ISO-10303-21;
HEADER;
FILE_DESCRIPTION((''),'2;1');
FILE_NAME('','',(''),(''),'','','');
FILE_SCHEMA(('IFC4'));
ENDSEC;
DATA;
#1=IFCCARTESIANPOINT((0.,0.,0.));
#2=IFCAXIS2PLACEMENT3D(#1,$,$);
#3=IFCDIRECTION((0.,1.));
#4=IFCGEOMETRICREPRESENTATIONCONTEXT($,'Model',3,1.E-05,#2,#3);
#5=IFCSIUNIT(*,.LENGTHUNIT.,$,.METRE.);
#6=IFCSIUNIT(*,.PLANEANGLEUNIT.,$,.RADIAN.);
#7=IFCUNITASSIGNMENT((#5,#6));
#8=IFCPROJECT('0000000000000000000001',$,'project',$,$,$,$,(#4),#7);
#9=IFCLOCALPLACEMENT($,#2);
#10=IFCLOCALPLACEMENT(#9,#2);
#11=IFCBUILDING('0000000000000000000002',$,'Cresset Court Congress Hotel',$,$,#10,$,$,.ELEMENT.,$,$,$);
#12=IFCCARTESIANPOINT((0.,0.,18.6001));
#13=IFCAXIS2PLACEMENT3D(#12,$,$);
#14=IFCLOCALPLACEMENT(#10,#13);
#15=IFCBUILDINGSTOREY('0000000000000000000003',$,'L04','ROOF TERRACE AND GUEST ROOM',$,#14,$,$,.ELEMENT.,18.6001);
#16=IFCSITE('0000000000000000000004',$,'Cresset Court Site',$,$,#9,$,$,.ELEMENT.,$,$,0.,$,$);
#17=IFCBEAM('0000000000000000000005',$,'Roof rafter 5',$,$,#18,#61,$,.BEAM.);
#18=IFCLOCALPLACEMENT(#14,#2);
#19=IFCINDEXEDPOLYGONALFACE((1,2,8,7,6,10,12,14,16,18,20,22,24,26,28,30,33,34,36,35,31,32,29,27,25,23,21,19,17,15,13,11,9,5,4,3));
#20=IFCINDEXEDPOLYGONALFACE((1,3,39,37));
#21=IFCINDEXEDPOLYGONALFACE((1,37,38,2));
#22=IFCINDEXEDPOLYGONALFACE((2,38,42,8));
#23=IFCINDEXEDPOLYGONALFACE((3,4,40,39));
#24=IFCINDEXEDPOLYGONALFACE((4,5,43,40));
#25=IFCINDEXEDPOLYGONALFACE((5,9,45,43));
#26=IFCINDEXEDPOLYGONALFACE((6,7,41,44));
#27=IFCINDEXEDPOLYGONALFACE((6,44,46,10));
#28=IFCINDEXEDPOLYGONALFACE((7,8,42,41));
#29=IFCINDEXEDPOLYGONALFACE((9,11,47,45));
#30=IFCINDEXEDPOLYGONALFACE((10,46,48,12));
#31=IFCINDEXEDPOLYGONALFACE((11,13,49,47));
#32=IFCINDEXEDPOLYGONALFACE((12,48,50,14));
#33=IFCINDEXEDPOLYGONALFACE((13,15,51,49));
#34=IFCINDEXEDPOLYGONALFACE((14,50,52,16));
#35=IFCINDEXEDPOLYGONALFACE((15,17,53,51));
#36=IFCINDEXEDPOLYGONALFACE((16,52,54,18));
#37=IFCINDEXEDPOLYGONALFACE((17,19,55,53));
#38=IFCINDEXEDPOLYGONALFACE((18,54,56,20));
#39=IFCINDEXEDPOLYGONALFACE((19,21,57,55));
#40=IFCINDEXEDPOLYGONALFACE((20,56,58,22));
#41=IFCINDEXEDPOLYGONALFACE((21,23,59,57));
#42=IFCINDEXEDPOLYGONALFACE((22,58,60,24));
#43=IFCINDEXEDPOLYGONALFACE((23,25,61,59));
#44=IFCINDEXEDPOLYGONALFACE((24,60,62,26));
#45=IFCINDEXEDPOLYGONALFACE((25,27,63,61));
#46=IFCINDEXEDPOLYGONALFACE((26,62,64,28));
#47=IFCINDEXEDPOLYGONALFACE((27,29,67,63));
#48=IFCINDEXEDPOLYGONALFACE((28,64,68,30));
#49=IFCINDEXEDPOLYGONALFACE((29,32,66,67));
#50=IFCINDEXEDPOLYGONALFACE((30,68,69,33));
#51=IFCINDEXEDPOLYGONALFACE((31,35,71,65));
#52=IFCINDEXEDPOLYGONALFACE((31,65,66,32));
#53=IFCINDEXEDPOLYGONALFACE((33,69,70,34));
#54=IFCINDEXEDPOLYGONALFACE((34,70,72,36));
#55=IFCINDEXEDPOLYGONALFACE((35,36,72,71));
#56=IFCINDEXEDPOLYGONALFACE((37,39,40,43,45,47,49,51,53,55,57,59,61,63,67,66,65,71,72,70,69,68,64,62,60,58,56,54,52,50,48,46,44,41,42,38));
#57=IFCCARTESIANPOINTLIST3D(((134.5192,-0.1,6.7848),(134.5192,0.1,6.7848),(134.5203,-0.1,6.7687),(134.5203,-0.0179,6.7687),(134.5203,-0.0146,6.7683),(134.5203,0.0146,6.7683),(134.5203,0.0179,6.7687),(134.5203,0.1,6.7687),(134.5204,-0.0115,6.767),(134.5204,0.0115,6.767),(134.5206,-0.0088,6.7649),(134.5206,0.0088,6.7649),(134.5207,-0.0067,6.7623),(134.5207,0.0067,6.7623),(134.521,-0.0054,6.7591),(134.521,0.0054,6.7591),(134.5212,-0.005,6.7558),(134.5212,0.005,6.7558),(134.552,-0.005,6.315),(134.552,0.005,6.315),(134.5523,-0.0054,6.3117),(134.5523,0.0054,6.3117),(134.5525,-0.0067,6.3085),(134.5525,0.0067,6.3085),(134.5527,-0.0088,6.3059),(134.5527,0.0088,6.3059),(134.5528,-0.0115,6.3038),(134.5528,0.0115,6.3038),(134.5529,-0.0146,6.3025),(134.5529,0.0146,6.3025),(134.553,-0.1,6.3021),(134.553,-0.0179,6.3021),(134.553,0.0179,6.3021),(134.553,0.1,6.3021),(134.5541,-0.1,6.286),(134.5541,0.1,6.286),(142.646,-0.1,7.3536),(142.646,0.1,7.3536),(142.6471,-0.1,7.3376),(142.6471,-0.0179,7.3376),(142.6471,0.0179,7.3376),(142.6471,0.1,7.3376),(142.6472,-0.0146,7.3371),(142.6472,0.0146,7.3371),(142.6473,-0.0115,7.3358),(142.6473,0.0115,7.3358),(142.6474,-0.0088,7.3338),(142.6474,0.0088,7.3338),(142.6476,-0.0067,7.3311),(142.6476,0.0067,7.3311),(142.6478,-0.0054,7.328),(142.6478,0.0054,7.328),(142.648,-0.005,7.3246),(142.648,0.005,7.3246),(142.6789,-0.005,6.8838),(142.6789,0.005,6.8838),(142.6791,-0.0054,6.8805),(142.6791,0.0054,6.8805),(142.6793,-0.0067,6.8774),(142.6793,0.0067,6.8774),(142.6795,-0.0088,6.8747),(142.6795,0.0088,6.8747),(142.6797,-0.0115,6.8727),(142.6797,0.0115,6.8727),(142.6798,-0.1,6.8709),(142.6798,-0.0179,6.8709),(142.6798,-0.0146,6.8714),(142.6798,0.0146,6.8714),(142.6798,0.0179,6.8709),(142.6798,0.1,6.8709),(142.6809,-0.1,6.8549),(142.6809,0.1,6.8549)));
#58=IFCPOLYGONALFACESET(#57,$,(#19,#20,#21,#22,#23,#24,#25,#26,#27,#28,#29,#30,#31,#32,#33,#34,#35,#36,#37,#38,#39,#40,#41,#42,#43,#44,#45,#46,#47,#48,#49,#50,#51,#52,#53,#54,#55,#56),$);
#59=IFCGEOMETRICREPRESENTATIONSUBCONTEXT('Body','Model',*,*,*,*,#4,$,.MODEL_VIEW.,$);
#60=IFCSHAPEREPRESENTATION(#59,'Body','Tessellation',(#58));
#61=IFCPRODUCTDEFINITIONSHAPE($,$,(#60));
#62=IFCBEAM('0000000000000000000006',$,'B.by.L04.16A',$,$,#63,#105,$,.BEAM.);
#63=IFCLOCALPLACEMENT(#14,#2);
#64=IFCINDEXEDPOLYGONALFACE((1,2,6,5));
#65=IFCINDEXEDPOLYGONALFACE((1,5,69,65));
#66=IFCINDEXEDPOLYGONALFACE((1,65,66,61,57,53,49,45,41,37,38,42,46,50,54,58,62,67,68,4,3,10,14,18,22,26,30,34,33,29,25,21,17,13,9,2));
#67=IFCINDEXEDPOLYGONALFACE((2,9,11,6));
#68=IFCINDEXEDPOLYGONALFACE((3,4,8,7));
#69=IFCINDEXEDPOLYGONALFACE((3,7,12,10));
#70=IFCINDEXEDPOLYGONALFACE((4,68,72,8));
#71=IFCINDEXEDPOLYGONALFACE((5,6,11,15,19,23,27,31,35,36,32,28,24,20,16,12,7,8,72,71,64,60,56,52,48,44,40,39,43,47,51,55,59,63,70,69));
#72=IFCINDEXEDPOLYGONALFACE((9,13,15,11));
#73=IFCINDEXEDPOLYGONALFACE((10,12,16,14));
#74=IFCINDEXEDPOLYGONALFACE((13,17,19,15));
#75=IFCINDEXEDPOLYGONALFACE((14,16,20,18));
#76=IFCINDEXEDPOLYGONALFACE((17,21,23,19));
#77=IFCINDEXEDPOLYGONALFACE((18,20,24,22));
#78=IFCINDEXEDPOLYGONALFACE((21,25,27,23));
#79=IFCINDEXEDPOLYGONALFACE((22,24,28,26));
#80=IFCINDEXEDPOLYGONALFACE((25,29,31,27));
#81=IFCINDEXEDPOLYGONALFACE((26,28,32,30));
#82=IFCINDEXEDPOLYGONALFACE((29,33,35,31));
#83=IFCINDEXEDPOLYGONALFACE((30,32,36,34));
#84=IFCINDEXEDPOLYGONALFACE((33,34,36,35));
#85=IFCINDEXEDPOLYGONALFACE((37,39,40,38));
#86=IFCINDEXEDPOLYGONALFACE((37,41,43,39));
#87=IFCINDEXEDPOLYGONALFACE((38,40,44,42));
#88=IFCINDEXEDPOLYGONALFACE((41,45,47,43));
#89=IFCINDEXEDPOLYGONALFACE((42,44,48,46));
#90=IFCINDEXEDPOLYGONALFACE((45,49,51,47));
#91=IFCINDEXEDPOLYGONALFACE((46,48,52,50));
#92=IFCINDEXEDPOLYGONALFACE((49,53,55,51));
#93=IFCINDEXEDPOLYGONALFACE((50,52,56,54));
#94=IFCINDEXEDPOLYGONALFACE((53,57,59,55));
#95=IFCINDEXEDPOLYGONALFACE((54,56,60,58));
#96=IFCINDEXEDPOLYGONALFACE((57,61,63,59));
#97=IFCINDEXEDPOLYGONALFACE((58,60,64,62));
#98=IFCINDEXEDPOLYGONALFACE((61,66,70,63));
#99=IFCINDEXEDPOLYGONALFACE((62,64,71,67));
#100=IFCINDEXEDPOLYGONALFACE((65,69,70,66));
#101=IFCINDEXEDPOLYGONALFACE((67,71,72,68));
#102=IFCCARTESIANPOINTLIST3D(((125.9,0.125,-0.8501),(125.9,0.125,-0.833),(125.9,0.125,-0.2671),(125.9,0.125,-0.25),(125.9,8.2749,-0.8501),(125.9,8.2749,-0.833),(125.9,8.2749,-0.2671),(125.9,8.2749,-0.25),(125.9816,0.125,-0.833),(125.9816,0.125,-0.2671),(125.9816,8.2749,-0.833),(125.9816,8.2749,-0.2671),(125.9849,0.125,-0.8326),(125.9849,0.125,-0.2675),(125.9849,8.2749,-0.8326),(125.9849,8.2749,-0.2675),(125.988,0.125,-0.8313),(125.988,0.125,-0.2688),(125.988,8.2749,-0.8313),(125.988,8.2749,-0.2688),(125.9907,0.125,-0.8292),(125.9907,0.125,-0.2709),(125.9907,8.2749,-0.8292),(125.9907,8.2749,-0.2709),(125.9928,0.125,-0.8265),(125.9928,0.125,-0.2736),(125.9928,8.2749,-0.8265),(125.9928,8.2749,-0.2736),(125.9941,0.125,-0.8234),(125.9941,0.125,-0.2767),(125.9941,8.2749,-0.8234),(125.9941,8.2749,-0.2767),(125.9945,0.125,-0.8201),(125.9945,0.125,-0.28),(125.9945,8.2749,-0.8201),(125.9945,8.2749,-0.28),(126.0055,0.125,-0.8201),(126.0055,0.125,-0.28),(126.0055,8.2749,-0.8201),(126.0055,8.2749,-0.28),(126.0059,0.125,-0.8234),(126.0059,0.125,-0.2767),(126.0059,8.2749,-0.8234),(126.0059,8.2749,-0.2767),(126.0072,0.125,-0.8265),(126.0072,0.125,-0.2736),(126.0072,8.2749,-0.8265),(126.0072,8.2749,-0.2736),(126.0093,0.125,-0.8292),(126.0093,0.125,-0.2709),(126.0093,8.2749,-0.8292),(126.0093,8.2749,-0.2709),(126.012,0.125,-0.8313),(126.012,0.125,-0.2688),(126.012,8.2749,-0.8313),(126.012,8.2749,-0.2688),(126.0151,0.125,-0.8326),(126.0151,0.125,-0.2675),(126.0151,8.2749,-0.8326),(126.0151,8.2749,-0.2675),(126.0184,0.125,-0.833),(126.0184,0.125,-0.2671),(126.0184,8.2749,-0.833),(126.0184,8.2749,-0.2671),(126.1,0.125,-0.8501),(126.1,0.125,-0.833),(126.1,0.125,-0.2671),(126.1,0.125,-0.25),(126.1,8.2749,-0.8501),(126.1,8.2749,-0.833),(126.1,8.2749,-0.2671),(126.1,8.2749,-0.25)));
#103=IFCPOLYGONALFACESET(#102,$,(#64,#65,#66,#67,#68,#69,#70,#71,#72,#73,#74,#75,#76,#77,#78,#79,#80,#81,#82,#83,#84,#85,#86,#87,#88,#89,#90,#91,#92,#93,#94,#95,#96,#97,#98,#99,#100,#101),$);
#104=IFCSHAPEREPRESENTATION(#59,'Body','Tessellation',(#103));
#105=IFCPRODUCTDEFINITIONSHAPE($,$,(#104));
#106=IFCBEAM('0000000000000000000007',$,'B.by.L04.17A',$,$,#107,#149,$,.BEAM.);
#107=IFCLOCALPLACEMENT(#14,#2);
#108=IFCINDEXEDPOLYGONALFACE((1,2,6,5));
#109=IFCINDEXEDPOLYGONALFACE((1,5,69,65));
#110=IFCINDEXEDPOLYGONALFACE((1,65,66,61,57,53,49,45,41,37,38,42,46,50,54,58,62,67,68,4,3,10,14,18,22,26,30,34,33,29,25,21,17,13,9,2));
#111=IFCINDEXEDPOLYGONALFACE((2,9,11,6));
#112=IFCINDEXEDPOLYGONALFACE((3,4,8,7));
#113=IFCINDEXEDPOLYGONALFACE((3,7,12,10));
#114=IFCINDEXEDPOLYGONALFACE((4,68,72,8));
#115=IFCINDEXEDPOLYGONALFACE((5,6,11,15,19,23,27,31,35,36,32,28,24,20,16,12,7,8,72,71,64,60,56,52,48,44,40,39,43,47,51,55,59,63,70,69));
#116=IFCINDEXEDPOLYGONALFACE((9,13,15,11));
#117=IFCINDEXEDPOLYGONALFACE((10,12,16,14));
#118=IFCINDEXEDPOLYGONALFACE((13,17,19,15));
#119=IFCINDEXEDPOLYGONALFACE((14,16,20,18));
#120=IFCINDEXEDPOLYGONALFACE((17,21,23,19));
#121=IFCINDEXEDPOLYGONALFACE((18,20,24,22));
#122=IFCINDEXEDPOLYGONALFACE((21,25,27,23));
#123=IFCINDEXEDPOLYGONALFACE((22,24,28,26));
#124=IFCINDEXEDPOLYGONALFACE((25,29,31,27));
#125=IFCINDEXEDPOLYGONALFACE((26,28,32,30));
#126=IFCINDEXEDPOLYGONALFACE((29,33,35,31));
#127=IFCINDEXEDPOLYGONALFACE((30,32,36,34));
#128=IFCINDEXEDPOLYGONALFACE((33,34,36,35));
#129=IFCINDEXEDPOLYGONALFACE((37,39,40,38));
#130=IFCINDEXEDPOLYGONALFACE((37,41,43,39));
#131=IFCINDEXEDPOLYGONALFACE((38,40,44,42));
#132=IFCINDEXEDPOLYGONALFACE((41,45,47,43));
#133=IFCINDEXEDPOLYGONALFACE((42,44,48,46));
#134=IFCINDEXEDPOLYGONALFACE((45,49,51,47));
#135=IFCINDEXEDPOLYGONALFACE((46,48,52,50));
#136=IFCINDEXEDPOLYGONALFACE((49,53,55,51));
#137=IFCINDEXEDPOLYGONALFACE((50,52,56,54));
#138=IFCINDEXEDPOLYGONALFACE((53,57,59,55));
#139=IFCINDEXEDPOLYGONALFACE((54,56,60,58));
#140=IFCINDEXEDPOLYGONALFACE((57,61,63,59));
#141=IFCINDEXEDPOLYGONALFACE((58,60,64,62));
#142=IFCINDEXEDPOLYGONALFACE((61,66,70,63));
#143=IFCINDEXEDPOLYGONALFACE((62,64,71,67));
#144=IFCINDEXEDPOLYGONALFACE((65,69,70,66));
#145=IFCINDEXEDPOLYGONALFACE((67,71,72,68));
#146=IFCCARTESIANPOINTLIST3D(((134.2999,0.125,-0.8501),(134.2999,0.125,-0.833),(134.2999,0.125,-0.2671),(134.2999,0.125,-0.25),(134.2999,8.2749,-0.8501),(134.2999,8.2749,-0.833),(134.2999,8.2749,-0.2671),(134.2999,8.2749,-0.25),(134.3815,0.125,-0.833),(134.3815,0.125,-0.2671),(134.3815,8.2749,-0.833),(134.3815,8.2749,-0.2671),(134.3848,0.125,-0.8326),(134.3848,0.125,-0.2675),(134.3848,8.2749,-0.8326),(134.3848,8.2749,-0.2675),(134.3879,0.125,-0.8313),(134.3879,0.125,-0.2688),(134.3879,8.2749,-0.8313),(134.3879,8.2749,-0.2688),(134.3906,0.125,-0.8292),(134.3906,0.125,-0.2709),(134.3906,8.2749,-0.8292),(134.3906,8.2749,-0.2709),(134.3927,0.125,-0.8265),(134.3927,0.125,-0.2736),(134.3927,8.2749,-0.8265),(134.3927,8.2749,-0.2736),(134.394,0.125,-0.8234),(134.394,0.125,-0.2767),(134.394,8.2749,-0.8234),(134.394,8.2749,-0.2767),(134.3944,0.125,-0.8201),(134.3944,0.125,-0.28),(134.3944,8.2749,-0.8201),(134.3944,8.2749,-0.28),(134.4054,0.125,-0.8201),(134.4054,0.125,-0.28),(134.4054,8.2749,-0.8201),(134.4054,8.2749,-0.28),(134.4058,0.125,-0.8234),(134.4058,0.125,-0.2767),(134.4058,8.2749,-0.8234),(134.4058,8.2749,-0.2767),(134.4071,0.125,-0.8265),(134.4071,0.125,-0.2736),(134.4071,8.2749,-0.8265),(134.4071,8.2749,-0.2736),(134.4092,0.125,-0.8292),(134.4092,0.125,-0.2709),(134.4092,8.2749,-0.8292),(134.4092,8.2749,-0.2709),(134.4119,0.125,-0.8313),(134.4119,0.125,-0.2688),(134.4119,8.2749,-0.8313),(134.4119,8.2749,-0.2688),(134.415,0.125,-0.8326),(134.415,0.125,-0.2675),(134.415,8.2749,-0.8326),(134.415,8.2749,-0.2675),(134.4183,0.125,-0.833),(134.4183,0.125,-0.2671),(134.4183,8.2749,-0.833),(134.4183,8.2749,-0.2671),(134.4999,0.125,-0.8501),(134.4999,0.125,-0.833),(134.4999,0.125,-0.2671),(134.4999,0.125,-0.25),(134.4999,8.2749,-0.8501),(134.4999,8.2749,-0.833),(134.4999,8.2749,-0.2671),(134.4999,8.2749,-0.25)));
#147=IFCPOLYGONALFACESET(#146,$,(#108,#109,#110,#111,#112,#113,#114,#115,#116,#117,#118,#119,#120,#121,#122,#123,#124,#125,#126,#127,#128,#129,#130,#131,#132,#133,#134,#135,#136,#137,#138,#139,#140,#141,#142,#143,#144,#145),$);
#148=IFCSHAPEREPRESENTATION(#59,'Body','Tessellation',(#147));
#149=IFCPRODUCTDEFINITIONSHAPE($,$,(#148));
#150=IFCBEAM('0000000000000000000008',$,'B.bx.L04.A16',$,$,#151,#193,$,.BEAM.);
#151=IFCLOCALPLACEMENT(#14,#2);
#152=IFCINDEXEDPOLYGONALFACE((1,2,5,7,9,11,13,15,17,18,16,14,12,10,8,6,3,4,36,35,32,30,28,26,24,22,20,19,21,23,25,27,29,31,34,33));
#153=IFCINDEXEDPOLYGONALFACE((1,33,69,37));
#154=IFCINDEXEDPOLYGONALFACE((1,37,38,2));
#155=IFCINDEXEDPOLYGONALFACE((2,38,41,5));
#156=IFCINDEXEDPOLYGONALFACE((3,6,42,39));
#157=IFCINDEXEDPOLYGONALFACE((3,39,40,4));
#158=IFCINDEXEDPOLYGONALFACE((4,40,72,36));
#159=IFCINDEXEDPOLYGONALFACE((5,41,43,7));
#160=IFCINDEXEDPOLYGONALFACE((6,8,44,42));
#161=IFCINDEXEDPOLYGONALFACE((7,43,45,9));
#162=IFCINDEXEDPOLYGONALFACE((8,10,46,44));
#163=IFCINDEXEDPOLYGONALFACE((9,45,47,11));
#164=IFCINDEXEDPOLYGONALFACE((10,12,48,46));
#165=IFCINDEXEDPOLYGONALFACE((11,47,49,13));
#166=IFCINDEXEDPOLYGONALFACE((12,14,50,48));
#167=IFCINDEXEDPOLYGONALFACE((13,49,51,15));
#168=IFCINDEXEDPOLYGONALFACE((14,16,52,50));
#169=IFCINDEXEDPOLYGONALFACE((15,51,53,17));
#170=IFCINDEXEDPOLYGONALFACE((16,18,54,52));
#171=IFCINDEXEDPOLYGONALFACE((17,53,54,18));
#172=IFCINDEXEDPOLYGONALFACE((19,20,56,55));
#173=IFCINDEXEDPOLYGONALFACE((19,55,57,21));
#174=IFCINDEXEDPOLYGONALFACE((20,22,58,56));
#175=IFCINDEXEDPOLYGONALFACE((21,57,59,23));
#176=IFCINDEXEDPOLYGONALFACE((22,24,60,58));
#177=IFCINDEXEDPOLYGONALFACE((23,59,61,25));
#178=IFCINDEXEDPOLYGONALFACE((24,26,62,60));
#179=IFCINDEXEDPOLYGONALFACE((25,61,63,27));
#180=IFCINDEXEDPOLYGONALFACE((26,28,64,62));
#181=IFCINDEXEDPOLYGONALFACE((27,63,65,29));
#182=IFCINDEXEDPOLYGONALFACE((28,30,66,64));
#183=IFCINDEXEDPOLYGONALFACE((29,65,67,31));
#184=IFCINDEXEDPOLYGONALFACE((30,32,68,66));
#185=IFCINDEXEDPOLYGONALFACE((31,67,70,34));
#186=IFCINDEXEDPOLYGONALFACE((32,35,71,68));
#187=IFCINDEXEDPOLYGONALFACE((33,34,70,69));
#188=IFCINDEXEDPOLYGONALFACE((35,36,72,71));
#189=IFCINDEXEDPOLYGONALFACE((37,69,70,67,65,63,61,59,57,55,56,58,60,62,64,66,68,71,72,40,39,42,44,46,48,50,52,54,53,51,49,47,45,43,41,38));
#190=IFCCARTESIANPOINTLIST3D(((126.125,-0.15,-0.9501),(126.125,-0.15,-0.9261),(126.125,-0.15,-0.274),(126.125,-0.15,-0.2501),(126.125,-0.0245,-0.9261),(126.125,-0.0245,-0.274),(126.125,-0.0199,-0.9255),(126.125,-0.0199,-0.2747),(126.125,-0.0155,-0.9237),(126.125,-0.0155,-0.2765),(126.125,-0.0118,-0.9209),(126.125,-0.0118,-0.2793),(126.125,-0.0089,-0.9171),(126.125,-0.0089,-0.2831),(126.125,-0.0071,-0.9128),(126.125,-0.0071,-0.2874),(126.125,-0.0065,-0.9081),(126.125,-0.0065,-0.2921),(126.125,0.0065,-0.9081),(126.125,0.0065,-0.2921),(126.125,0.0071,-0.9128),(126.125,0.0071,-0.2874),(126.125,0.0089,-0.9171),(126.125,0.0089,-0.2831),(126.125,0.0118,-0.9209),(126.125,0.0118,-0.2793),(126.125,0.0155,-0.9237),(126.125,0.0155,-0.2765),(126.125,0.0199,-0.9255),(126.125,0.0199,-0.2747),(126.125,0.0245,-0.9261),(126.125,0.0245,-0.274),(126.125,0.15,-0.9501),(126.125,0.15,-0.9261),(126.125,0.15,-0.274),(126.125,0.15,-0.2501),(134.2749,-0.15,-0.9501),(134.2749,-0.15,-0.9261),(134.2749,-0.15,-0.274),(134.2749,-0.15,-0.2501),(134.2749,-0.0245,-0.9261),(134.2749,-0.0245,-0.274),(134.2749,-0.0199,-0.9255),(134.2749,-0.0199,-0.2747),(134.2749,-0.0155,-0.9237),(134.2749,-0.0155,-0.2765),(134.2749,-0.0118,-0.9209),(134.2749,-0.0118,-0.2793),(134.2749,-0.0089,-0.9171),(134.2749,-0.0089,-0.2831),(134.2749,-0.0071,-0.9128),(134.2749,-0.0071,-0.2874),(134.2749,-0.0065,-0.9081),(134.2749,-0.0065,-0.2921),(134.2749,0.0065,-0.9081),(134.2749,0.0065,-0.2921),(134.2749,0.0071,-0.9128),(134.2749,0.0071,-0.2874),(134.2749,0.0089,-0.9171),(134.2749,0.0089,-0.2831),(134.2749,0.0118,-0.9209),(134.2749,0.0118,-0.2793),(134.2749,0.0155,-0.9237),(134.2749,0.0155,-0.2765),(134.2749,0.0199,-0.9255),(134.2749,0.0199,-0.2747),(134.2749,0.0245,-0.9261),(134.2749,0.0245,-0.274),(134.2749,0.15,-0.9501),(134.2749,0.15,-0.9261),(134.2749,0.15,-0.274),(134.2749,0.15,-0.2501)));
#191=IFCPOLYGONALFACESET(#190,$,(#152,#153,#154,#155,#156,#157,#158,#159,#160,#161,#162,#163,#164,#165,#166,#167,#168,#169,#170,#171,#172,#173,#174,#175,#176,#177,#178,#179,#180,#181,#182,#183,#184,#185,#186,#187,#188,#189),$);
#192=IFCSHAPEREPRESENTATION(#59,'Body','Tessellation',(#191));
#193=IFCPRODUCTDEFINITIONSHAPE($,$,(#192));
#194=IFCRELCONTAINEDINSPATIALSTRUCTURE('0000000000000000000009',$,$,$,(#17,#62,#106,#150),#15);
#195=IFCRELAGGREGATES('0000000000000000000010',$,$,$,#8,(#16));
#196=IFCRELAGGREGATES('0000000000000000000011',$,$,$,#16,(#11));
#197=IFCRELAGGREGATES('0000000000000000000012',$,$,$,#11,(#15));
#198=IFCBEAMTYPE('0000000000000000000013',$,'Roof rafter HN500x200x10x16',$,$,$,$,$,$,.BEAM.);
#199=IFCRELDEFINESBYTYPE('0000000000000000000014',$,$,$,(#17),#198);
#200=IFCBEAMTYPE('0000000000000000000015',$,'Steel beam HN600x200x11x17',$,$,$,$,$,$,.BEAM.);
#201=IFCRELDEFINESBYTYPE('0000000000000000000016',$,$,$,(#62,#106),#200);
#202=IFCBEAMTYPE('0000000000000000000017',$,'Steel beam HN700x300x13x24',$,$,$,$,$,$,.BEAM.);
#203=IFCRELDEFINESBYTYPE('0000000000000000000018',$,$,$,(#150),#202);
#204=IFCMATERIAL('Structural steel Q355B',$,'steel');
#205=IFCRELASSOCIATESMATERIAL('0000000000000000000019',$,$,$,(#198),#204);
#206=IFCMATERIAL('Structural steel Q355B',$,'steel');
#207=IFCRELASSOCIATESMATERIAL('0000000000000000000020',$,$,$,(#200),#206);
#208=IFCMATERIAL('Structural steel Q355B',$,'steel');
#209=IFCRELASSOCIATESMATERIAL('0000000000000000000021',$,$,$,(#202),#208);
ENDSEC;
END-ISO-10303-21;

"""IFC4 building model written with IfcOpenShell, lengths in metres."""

from ifc_helpers import new_model, si_unit, direction, frame, origin, origin_2d, place, context, subcontext, project, spatial, i_section, extrude, material, material_profile, profile_set, type_object, element, save


model = new_model("IFC4")

# Units and contexts
model_context = context("Model", 3, precision=1e-05, world=origin(), true_north=direction((0.0, 1.0)))
body_context = subcontext(model_context, "Body", "Model", "MODEL_VIEW")
ifc_project = project(units=[si_unit("LENGTHUNIT", "METRE"), si_unit("PLANEANGLEUNIT", "RADIAN")], contexts=[model_context])

# Site, building, storey
site_placement = place(None, origin())
site = spatial("IfcSite", under=ifc_project, at=site_placement, Name="Cresset Court Site", CompositionType="ELEMENT", RefElevation=0.0)
building_placement = place(site_placement, origin())
building = spatial("IfcBuilding", under=site, at=building_placement, Name="Cresset Court Congress Hotel", CompositionType="ELEMENT")
storey_placement = place(building_placement, frame((0.0, 0.0, 18.6001)))
storey = spatial("IfcBuildingStorey", under=building, at=storey_placement, Name="L04", Description="ROOF TERRACE AND GUEST ROOM", CompositionType="ELEMENT", Elevation=18.6001)

# Beams
ifc_material_1 = material(Name="Structural steel Q355B", Category="steel")
ifc_material_profile_1 = material_profile(ifc_material_1, i_section(OverallWidth=0.2, OverallDepth=0.5, WebThickness=0.01, FlangeThickness=0.0161, FilletRadius=0.0129, at=origin_2d()), Name="HN500x200x10x16")
ifc_profile_set_1 = profile_set([ifc_material_profile_1], Name="Structural steel Q355B")
beam_type_1 = type_object("IfcBeamType", Name="Roof rafter HN500x200x10x16", PredefinedType="BEAM", material=ifc_profile_set_1)
for number, where, z_axis, x_axis, name in (
    (1, (134.5366, 0.0, 6.5354), (0.997559, 0.0, 0.069824), (0.0, 1.0, 0.0), "Roof rafter 5"),
):
    element("IfcBeam", number, at=place(storey_placement, frame(where, z_axis=z_axis, x_axis=x_axis)), inside=storey, type_object=beam_type_1, Name=name, PredefinedType="BEAM", context=body_context, shape_type="SweptSolid", body=[
        extrude(i_section(OverallWidth=0.2, OverallDepth=0.5, WebThickness=0.01, FlangeThickness=0.0161, FilletRadius=0.0129, at=origin_2d()), origin(), (0.0, 0.0, 1.0), 8.1467),
    ])
ifc_material_2 = material(Name="Structural steel Q355B", Category="steel")
ifc_material_profile_2 = material_profile(ifc_material_2, i_section(OverallWidth=0.2, OverallDepth=0.6001, WebThickness=0.011, FlangeThickness=0.0171, FilletRadius=0.0129, at=origin_2d()), Name="HN600x200x11x17")
ifc_profile_set_2 = profile_set([ifc_material_profile_2], Name="Structural steel Q355B")
beam_type_2 = type_object("IfcBeamType", Name="Steel beam HN600x200x11x17", PredefinedType="BEAM", material=ifc_profile_set_2)
for number, where, z_axis, x_axis, name in (
    (2, (126.0, 0.125, -0.55), (0.0, 1.0, 0.0), (-1.0, 0.0, 0.0), "B.by.L04.16A"),
    (3, (134.3999, 0.125, -0.55), (0.0, 1.0, 0.0), (-1.0, 0.0, 0.0), "B.by.L04.17A"),
):
    element("IfcBeam", number, at=place(storey_placement, frame(where, z_axis=z_axis, x_axis=x_axis)), inside=storey, type_object=beam_type_2, Name=name, PredefinedType="BEAM", context=body_context, shape_type="SweptSolid", body=[
        extrude(i_section(OverallWidth=0.2, OverallDepth=0.6001, WebThickness=0.011, FlangeThickness=0.0171, FilletRadius=0.0129, at=origin_2d()), origin(), (0.0, 0.0, 1.0), 8.1499),
    ])
ifc_material_3 = material(Name="Structural steel Q355B", Category="steel")
ifc_material_profile_3 = material_profile(ifc_material_3, i_section(OverallWidth=0.3, OverallDepth=0.7, WebThickness=0.0129, FlangeThickness=0.0239, FilletRadius=0.0181, at=origin_2d()), Name="HN700x300x13x24")
ifc_profile_set_3 = profile_set([ifc_material_profile_3], Name="Structural steel Q355B")
beam_type_3 = type_object("IfcBeamType", Name="Steel beam HN700x300x13x24", PredefinedType="BEAM", material=ifc_profile_set_3)
beam_1_placement = place(storey_placement, frame((126.125, 0.0, -0.6001), z_axis=(1.0, 0.0, 0.0), x_axis=(0.0, 1.0, 0.0)))
element("IfcBeam", 4, at=beam_1_placement, inside=storey, type_object=beam_type_3, Name="B.bx.L04.A16", PredefinedType="BEAM", context=body_context, shape_type="SweptSolid", body=[
    extrude(i_section(OverallWidth=0.3, OverallDepth=0.7, WebThickness=0.0129, FlangeThickness=0.0239, FilletRadius=0.0181, at=origin_2d()), origin(), (0.0, 0.0, 1.0), 8.1499),
])

save(model, "model.ifc")
